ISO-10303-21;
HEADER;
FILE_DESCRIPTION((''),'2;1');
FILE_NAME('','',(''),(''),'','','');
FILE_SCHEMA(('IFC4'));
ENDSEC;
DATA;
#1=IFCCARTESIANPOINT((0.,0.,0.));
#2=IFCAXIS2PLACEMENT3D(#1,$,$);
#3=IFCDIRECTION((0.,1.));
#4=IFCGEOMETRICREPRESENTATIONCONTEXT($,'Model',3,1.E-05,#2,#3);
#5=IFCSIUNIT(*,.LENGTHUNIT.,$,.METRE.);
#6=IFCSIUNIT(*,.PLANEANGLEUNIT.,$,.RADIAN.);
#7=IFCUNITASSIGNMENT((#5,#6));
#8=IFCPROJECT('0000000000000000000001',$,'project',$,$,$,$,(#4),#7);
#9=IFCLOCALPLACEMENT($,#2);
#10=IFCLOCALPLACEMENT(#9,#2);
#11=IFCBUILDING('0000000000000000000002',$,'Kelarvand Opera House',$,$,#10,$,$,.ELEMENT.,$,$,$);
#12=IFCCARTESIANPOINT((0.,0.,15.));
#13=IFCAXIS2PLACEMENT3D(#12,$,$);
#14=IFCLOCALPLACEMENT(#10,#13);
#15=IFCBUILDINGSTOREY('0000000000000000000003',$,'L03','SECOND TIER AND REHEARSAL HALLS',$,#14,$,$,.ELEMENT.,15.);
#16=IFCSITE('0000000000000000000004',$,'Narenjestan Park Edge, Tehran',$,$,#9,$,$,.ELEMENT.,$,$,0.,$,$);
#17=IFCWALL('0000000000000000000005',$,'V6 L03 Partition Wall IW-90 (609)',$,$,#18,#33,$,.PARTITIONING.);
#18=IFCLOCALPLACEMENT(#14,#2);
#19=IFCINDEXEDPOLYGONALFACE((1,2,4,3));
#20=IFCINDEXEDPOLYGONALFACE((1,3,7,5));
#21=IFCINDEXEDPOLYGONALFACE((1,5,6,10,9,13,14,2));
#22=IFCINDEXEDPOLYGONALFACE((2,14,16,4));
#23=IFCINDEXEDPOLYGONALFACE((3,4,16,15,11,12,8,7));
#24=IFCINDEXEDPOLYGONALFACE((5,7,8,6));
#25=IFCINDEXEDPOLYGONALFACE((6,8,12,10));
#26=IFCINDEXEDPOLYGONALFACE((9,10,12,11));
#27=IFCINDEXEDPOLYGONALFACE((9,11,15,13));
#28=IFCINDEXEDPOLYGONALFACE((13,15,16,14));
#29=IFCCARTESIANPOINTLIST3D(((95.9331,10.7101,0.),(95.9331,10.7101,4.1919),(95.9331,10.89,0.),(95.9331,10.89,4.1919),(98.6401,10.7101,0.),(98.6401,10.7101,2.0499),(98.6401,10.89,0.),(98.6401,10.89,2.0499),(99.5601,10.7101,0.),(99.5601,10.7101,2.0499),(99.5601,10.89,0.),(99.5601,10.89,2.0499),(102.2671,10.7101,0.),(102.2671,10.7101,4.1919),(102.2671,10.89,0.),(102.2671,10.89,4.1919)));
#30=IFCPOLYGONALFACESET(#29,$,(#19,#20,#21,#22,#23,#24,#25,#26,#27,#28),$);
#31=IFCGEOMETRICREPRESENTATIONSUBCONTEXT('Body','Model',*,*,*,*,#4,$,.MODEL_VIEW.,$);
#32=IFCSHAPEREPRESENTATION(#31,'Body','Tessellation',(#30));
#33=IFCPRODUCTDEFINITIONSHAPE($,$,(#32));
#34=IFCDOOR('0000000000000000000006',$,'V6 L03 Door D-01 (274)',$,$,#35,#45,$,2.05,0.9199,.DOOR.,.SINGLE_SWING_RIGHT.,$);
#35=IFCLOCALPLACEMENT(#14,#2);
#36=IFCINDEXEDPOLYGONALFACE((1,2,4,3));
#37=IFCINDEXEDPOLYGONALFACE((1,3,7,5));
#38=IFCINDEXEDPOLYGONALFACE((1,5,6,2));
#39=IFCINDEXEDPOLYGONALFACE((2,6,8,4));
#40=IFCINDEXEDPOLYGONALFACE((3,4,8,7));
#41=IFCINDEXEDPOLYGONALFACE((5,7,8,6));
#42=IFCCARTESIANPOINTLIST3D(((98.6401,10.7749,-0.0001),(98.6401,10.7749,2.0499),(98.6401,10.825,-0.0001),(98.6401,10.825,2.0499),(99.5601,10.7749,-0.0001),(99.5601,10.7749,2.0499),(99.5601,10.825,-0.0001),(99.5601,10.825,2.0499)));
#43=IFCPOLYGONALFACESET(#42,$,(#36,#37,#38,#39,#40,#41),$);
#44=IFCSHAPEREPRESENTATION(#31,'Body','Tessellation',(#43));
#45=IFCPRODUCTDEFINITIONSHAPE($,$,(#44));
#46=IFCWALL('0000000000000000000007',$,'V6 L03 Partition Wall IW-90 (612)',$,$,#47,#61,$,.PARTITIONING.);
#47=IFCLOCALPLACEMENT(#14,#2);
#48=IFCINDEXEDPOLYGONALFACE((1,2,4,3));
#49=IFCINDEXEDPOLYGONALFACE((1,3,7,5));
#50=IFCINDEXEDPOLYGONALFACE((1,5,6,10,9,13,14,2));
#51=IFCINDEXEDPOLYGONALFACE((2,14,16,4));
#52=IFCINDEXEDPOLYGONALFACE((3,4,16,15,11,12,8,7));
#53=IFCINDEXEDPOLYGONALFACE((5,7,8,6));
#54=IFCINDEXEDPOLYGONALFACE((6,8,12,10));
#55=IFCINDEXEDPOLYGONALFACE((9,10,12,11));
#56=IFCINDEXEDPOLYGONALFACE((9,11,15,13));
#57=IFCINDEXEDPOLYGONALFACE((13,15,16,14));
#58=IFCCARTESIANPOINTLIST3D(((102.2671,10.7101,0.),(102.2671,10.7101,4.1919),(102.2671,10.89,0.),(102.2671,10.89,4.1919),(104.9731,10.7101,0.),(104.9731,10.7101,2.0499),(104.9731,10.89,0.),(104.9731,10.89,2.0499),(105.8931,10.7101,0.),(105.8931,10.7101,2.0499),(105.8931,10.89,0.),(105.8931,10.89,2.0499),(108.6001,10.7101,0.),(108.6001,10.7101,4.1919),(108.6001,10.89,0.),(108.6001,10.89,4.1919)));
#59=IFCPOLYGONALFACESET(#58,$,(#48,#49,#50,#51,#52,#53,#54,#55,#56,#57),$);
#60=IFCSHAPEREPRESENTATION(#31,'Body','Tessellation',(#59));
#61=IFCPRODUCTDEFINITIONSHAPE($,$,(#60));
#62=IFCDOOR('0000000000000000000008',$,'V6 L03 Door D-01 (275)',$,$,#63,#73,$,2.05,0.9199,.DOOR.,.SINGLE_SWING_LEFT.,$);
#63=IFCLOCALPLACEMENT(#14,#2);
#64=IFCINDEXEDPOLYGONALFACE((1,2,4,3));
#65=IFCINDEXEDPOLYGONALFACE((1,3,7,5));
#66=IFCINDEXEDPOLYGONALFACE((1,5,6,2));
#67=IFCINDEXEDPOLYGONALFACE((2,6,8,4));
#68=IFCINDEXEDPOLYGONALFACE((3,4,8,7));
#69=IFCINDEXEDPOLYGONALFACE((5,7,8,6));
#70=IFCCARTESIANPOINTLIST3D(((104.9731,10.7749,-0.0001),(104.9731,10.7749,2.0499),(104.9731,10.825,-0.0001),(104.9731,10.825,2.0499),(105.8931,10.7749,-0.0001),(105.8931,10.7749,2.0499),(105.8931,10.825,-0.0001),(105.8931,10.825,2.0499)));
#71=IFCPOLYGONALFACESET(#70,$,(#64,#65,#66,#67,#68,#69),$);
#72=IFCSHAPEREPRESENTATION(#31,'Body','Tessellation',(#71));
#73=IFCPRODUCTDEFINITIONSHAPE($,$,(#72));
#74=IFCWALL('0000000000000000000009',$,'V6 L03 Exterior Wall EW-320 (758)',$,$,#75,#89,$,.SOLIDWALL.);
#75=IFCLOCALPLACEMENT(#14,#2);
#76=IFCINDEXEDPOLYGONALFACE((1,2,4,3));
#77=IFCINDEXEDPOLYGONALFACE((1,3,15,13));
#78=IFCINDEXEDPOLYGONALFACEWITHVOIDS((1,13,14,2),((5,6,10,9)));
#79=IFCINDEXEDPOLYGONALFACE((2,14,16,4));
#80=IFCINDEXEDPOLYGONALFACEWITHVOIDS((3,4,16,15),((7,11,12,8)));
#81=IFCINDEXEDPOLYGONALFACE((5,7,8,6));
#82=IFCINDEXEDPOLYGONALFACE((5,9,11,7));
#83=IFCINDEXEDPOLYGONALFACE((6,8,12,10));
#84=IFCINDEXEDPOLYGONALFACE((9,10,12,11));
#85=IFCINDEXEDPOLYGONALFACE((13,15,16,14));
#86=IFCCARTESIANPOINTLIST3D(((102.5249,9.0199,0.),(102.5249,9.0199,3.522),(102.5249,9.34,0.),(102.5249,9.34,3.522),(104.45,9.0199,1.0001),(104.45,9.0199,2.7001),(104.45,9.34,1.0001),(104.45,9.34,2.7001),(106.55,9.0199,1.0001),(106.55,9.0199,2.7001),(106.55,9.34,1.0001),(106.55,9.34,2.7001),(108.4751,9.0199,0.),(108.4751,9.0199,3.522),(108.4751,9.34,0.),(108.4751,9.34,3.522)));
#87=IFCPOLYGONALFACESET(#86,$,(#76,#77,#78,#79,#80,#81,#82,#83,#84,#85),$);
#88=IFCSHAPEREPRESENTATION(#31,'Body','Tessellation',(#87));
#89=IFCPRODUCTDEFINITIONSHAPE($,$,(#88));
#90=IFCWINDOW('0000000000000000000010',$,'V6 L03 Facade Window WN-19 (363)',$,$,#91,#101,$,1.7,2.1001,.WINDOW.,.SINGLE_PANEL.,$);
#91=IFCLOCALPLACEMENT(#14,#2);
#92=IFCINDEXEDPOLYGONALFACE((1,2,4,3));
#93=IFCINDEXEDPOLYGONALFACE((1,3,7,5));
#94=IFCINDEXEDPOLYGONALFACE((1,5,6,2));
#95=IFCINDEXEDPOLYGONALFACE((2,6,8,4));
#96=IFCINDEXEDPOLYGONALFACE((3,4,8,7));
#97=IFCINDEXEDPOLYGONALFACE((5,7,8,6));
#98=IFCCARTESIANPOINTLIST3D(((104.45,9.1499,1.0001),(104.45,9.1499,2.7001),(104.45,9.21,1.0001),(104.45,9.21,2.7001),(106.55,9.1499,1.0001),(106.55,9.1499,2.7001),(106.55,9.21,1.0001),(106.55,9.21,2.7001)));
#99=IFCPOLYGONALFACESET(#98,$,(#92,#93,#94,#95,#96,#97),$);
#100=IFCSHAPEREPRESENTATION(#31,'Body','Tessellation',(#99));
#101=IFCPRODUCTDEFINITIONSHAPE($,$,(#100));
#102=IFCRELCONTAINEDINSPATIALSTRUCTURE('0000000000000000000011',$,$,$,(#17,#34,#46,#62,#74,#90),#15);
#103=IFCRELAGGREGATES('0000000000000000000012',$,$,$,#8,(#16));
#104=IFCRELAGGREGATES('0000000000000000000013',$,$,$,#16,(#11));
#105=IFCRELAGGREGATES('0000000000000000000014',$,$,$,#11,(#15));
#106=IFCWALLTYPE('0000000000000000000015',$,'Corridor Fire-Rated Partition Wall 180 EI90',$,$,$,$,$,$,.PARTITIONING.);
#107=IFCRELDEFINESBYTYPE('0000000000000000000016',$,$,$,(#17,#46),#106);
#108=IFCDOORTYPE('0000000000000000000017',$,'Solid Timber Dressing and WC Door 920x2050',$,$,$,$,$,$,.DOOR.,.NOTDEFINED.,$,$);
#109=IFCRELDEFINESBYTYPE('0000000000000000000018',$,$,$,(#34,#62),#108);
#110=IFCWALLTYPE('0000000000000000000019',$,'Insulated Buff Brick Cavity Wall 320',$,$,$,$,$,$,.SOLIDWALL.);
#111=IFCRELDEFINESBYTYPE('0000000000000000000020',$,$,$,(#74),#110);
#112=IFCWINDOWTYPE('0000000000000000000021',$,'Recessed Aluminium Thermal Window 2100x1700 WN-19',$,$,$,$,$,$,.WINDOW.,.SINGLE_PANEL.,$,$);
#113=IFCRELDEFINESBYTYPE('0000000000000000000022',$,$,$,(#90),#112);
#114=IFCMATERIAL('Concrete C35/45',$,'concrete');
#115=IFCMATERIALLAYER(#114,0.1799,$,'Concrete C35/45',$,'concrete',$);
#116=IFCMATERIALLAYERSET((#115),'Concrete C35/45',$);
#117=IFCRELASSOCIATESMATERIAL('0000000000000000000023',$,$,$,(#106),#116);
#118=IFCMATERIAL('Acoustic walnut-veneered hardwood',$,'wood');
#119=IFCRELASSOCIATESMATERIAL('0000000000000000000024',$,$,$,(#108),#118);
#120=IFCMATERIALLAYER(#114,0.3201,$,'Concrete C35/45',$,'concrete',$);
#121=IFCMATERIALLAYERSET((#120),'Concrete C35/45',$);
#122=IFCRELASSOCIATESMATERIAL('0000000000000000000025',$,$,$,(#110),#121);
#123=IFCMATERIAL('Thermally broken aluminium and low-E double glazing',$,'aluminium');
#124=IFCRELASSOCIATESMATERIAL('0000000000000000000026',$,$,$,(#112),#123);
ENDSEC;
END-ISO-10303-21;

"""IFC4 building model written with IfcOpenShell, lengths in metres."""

from ifc_helpers import new_model, si_unit, direction, frame, frame_2d, origin, place, context, subcontext, project, spatial, rectangle, extrude, material, layer, layer_set, type_object, element, fill, save


model = new_model("IFC4")

# Units and contexts
model_context = context("Model", 3, precision=1e-05, world=origin(), true_north=direction((0.0, 1.0)))
body_context = subcontext(model_context, "Body", "Model", "MODEL_VIEW")
ifc_project = project(units=[si_unit("LENGTHUNIT", "METRE"), si_unit("PLANEANGLEUNIT", "RADIAN")], contexts=[model_context])

# Site, building, storey
site_placement = place(None, origin())
site = spatial("IfcSite", under=ifc_project, at=site_placement, Name="Narenjestan Park Edge, Tehran", CompositionType="ELEMENT", RefElevation=0.0)
building_placement = place(site_placement, origin())
building = spatial("IfcBuilding", under=site, at=building_placement, Name="Kelarvand Opera House", CompositionType="ELEMENT")
storey_placement = place(building_placement, frame((0.0, 0.0, 15.0)))
storey = spatial("IfcBuildingStorey", under=building, at=storey_placement, Name="L03", Description="SECOND TIER AND REHEARSAL HALLS", CompositionType="ELEMENT", Elevation=15.0)

# Walls, openings, doors
ifc_material_1 = material(Name="Concrete C35/45", Category="concrete")
ifc_layer_1 = layer(ifc_material_1, 0.1799, Name="Concrete C35/45", Category="concrete")
ifc_layer_set_1 = layer_set([ifc_layer_1], Name="Concrete C35/45")
wall_type_1 = type_object("IfcWallType", Name="Corridor Fire-Rated Partition Wall 180 EI90", PredefinedType="PARTITIONING", material=ifc_layer_set_1)
wall_1_placement = place(storey_placement, frame((95.9331, 10.8, 0.0), z_axis=(0.0, 0.0, 1.0), x_axis=(1.0, 0.0, 0.0)))
wall_1 = element("IfcWall", 1, at=wall_1_placement, inside=storey, type_object=wall_type_1, Name="V6 L03 Partition Wall IW-90 (609)", PredefinedType="PARTITIONING", context=body_context, shape_type="SweptSolid", body=[
    extrude(rectangle(XDim=6.334, YDim=0.1799, at=frame_2d((3.167, 0.0))), origin(), (0.0, 0.0, 1.0), 4.1919),
])
opening_1_placement = place(wall_1_placement, frame((2.707, 0.0, 0.0)))
opening_1 = element("IfcOpeningElement", 2, at=opening_1_placement, cuts=wall_1, PredefinedType="OPENING", context=body_context, shape_type="SweptSolid", body=[
    extrude(rectangle(XDim=0.9199, YDim=2.05, at=frame_2d((0.46, 1.0249))), frame((0.0, 0.1001, 0.0), z_axis=(0.0, -1.0, 0.0), x_axis=(1.0, 0.0, 0.0)), (0.0, 0.0, 1.0), 0.2),
])
ifc_material_2 = material(Name="Acoustic walnut-veneered hardwood", Category="wood")
door_type = type_object("IfcDoorType", Name="Solid Timber Dressing and WC Door 920x2050", OperationType="NOTDEFINED", PredefinedType="DOOR", material=ifc_material_2)
door_1_placement = place(opening_1_placement, origin())
door_1 = element("IfcDoor", 3, at=door_1_placement, inside=storey, type_object=door_type, Name="V6 L03 Door D-01 (274)", OperationType="SINGLE_SWING_RIGHT", OverallHeight=2.05, OverallWidth=0.9199, PredefinedType="DOOR", context=body_context, shape_type="SweptSolid", body=[
    extrude(rectangle(XDim=0.9199, YDim=2.05, at=frame_2d((0.46, 1.0249))), frame((0.0, 0.0249, 0.0), z_axis=(0.0, -1.0, 0.0), x_axis=(1.0, 0.0, 0.0)), (0.0, 0.0, 1.0), 0.05),
])
fill(opening_1, door_1)
wall_2_placement = place(storey_placement, frame((102.2671, 10.8, 0.0), z_axis=(0.0, 0.0, 1.0), x_axis=(1.0, 0.0, 0.0)))
wall_2 = element("IfcWall", 4, at=wall_2_placement, inside=storey, type_object=wall_type_1, Name="V6 L03 Partition Wall IW-90 (612)", PredefinedType="PARTITIONING", context=body_context, shape_type="SweptSolid", body=[
    extrude(rectangle(XDim=6.333, YDim=0.1799, at=frame_2d((3.1665, 0.0))), origin(), (0.0, 0.0, 1.0), 4.1919),
])
opening_2_placement = place(wall_2_placement, frame((2.7061, 0.0, 0.0)))
opening_2 = element("IfcOpeningElement", 5, at=opening_2_placement, cuts=wall_2, PredefinedType="OPENING", context=body_context, shape_type="SweptSolid", body=[
    extrude(rectangle(XDim=0.9199, YDim=2.05, at=frame_2d((0.46, 1.0249))), frame((0.0, 0.1001, 0.0), z_axis=(0.0, -1.0, 0.0), x_axis=(1.0, 0.0, 0.0)), (0.0, 0.0, 1.0), 0.2),
])
door_2_placement = place(opening_2_placement, origin())
door_2 = element("IfcDoor", 6, at=door_2_placement, inside=storey, type_object=door_type, Name="V6 L03 Door D-01 (275)", OperationType="SINGLE_SWING_LEFT", OverallHeight=2.05, OverallWidth=0.9199, PredefinedType="DOOR", context=body_context, shape_type="SweptSolid", body=[
    extrude(rectangle(XDim=0.9199, YDim=2.05, at=frame_2d((0.46, 1.0249))), frame((0.0, 0.0249, 0.0), z_axis=(0.0, -1.0, 0.0), x_axis=(1.0, 0.0, 0.0)), (0.0, 0.0, 1.0), 0.05),
])
fill(opening_2, door_2)

# Wall, opening, window
ifc_layer_2 = layer(ifc_material_1, 0.3201, Name="Concrete C35/45", Category="concrete")
ifc_layer_set_2 = layer_set([ifc_layer_2], Name="Concrete C35/45")
wall_type_2 = type_object("IfcWallType", Name="Insulated Buff Brick Cavity Wall 320", PredefinedType="SOLIDWALL", material=ifc_layer_set_2)
wall_3_placement = place(storey_placement, frame((108.4751, 9.1799, 0.0), z_axis=(0.0, 0.0, 1.0), x_axis=(-1.0, 0.0, 0.0)))
wall_3 = element("IfcWall", 7, at=wall_3_placement, inside=storey, type_object=wall_type_2, Name="V6 L03 Exterior Wall EW-320 (758)", PredefinedType="SOLIDWALL", context=body_context, shape_type="SweptSolid", body=[
    extrude(rectangle(XDim=5.9502, YDim=0.3201, at=frame_2d((2.9751, 0.0))), origin(), (0.0, 0.0, 1.0), 3.522),
])
opening_3_placement = place(wall_3_placement, frame((1.925, 0.0, 1.0)))
opening_3 = element("IfcOpeningElement", 8, at=opening_3_placement, cuts=wall_3, PredefinedType="OPENING", context=body_context, shape_type="SweptSolid", body=[
    extrude(rectangle(XDim=2.1001, YDim=1.7, at=frame_2d((1.05, 0.8501))), frame((0.0, 0.1699, 0.0), z_axis=(0.0, -1.0, 0.0), x_axis=(1.0, 0.0, 0.0)), (0.0, 0.0, 1.0), 0.3401),
])
ifc_material_3 = material(Name="Thermally broken aluminium and low-E double glazing", Category="aluminium")
window_type = type_object("IfcWindowType", Name="Recessed Aluminium Thermal Window 2100x1700 WN-19", PartitioningType="SINGLE_PANEL", PredefinedType="WINDOW", material=ifc_material_3)
window_placement = place(opening_3_placement, origin())
window = element("IfcWindow", 9, at=window_placement, inside=storey, type_object=window_type, Name="V6 L03 Facade Window WN-19 (363)", OverallHeight=1.7, OverallWidth=2.1001, PartitioningType="SINGLE_PANEL", PredefinedType="WINDOW", context=body_context, shape_type="SweptSolid", body=[
    extrude(rectangle(XDim=2.1001, YDim=1.7, at=frame_2d((1.05, 0.8501))), frame((0.0, 0.03, 0.0), z_axis=(0.0, -1.0, 0.0), x_axis=(1.0, 0.0, 0.0)), (0.0, 0.0, 1.0), 0.0601),
])
fill(opening_3, window)

save(model, "model.ifc")
